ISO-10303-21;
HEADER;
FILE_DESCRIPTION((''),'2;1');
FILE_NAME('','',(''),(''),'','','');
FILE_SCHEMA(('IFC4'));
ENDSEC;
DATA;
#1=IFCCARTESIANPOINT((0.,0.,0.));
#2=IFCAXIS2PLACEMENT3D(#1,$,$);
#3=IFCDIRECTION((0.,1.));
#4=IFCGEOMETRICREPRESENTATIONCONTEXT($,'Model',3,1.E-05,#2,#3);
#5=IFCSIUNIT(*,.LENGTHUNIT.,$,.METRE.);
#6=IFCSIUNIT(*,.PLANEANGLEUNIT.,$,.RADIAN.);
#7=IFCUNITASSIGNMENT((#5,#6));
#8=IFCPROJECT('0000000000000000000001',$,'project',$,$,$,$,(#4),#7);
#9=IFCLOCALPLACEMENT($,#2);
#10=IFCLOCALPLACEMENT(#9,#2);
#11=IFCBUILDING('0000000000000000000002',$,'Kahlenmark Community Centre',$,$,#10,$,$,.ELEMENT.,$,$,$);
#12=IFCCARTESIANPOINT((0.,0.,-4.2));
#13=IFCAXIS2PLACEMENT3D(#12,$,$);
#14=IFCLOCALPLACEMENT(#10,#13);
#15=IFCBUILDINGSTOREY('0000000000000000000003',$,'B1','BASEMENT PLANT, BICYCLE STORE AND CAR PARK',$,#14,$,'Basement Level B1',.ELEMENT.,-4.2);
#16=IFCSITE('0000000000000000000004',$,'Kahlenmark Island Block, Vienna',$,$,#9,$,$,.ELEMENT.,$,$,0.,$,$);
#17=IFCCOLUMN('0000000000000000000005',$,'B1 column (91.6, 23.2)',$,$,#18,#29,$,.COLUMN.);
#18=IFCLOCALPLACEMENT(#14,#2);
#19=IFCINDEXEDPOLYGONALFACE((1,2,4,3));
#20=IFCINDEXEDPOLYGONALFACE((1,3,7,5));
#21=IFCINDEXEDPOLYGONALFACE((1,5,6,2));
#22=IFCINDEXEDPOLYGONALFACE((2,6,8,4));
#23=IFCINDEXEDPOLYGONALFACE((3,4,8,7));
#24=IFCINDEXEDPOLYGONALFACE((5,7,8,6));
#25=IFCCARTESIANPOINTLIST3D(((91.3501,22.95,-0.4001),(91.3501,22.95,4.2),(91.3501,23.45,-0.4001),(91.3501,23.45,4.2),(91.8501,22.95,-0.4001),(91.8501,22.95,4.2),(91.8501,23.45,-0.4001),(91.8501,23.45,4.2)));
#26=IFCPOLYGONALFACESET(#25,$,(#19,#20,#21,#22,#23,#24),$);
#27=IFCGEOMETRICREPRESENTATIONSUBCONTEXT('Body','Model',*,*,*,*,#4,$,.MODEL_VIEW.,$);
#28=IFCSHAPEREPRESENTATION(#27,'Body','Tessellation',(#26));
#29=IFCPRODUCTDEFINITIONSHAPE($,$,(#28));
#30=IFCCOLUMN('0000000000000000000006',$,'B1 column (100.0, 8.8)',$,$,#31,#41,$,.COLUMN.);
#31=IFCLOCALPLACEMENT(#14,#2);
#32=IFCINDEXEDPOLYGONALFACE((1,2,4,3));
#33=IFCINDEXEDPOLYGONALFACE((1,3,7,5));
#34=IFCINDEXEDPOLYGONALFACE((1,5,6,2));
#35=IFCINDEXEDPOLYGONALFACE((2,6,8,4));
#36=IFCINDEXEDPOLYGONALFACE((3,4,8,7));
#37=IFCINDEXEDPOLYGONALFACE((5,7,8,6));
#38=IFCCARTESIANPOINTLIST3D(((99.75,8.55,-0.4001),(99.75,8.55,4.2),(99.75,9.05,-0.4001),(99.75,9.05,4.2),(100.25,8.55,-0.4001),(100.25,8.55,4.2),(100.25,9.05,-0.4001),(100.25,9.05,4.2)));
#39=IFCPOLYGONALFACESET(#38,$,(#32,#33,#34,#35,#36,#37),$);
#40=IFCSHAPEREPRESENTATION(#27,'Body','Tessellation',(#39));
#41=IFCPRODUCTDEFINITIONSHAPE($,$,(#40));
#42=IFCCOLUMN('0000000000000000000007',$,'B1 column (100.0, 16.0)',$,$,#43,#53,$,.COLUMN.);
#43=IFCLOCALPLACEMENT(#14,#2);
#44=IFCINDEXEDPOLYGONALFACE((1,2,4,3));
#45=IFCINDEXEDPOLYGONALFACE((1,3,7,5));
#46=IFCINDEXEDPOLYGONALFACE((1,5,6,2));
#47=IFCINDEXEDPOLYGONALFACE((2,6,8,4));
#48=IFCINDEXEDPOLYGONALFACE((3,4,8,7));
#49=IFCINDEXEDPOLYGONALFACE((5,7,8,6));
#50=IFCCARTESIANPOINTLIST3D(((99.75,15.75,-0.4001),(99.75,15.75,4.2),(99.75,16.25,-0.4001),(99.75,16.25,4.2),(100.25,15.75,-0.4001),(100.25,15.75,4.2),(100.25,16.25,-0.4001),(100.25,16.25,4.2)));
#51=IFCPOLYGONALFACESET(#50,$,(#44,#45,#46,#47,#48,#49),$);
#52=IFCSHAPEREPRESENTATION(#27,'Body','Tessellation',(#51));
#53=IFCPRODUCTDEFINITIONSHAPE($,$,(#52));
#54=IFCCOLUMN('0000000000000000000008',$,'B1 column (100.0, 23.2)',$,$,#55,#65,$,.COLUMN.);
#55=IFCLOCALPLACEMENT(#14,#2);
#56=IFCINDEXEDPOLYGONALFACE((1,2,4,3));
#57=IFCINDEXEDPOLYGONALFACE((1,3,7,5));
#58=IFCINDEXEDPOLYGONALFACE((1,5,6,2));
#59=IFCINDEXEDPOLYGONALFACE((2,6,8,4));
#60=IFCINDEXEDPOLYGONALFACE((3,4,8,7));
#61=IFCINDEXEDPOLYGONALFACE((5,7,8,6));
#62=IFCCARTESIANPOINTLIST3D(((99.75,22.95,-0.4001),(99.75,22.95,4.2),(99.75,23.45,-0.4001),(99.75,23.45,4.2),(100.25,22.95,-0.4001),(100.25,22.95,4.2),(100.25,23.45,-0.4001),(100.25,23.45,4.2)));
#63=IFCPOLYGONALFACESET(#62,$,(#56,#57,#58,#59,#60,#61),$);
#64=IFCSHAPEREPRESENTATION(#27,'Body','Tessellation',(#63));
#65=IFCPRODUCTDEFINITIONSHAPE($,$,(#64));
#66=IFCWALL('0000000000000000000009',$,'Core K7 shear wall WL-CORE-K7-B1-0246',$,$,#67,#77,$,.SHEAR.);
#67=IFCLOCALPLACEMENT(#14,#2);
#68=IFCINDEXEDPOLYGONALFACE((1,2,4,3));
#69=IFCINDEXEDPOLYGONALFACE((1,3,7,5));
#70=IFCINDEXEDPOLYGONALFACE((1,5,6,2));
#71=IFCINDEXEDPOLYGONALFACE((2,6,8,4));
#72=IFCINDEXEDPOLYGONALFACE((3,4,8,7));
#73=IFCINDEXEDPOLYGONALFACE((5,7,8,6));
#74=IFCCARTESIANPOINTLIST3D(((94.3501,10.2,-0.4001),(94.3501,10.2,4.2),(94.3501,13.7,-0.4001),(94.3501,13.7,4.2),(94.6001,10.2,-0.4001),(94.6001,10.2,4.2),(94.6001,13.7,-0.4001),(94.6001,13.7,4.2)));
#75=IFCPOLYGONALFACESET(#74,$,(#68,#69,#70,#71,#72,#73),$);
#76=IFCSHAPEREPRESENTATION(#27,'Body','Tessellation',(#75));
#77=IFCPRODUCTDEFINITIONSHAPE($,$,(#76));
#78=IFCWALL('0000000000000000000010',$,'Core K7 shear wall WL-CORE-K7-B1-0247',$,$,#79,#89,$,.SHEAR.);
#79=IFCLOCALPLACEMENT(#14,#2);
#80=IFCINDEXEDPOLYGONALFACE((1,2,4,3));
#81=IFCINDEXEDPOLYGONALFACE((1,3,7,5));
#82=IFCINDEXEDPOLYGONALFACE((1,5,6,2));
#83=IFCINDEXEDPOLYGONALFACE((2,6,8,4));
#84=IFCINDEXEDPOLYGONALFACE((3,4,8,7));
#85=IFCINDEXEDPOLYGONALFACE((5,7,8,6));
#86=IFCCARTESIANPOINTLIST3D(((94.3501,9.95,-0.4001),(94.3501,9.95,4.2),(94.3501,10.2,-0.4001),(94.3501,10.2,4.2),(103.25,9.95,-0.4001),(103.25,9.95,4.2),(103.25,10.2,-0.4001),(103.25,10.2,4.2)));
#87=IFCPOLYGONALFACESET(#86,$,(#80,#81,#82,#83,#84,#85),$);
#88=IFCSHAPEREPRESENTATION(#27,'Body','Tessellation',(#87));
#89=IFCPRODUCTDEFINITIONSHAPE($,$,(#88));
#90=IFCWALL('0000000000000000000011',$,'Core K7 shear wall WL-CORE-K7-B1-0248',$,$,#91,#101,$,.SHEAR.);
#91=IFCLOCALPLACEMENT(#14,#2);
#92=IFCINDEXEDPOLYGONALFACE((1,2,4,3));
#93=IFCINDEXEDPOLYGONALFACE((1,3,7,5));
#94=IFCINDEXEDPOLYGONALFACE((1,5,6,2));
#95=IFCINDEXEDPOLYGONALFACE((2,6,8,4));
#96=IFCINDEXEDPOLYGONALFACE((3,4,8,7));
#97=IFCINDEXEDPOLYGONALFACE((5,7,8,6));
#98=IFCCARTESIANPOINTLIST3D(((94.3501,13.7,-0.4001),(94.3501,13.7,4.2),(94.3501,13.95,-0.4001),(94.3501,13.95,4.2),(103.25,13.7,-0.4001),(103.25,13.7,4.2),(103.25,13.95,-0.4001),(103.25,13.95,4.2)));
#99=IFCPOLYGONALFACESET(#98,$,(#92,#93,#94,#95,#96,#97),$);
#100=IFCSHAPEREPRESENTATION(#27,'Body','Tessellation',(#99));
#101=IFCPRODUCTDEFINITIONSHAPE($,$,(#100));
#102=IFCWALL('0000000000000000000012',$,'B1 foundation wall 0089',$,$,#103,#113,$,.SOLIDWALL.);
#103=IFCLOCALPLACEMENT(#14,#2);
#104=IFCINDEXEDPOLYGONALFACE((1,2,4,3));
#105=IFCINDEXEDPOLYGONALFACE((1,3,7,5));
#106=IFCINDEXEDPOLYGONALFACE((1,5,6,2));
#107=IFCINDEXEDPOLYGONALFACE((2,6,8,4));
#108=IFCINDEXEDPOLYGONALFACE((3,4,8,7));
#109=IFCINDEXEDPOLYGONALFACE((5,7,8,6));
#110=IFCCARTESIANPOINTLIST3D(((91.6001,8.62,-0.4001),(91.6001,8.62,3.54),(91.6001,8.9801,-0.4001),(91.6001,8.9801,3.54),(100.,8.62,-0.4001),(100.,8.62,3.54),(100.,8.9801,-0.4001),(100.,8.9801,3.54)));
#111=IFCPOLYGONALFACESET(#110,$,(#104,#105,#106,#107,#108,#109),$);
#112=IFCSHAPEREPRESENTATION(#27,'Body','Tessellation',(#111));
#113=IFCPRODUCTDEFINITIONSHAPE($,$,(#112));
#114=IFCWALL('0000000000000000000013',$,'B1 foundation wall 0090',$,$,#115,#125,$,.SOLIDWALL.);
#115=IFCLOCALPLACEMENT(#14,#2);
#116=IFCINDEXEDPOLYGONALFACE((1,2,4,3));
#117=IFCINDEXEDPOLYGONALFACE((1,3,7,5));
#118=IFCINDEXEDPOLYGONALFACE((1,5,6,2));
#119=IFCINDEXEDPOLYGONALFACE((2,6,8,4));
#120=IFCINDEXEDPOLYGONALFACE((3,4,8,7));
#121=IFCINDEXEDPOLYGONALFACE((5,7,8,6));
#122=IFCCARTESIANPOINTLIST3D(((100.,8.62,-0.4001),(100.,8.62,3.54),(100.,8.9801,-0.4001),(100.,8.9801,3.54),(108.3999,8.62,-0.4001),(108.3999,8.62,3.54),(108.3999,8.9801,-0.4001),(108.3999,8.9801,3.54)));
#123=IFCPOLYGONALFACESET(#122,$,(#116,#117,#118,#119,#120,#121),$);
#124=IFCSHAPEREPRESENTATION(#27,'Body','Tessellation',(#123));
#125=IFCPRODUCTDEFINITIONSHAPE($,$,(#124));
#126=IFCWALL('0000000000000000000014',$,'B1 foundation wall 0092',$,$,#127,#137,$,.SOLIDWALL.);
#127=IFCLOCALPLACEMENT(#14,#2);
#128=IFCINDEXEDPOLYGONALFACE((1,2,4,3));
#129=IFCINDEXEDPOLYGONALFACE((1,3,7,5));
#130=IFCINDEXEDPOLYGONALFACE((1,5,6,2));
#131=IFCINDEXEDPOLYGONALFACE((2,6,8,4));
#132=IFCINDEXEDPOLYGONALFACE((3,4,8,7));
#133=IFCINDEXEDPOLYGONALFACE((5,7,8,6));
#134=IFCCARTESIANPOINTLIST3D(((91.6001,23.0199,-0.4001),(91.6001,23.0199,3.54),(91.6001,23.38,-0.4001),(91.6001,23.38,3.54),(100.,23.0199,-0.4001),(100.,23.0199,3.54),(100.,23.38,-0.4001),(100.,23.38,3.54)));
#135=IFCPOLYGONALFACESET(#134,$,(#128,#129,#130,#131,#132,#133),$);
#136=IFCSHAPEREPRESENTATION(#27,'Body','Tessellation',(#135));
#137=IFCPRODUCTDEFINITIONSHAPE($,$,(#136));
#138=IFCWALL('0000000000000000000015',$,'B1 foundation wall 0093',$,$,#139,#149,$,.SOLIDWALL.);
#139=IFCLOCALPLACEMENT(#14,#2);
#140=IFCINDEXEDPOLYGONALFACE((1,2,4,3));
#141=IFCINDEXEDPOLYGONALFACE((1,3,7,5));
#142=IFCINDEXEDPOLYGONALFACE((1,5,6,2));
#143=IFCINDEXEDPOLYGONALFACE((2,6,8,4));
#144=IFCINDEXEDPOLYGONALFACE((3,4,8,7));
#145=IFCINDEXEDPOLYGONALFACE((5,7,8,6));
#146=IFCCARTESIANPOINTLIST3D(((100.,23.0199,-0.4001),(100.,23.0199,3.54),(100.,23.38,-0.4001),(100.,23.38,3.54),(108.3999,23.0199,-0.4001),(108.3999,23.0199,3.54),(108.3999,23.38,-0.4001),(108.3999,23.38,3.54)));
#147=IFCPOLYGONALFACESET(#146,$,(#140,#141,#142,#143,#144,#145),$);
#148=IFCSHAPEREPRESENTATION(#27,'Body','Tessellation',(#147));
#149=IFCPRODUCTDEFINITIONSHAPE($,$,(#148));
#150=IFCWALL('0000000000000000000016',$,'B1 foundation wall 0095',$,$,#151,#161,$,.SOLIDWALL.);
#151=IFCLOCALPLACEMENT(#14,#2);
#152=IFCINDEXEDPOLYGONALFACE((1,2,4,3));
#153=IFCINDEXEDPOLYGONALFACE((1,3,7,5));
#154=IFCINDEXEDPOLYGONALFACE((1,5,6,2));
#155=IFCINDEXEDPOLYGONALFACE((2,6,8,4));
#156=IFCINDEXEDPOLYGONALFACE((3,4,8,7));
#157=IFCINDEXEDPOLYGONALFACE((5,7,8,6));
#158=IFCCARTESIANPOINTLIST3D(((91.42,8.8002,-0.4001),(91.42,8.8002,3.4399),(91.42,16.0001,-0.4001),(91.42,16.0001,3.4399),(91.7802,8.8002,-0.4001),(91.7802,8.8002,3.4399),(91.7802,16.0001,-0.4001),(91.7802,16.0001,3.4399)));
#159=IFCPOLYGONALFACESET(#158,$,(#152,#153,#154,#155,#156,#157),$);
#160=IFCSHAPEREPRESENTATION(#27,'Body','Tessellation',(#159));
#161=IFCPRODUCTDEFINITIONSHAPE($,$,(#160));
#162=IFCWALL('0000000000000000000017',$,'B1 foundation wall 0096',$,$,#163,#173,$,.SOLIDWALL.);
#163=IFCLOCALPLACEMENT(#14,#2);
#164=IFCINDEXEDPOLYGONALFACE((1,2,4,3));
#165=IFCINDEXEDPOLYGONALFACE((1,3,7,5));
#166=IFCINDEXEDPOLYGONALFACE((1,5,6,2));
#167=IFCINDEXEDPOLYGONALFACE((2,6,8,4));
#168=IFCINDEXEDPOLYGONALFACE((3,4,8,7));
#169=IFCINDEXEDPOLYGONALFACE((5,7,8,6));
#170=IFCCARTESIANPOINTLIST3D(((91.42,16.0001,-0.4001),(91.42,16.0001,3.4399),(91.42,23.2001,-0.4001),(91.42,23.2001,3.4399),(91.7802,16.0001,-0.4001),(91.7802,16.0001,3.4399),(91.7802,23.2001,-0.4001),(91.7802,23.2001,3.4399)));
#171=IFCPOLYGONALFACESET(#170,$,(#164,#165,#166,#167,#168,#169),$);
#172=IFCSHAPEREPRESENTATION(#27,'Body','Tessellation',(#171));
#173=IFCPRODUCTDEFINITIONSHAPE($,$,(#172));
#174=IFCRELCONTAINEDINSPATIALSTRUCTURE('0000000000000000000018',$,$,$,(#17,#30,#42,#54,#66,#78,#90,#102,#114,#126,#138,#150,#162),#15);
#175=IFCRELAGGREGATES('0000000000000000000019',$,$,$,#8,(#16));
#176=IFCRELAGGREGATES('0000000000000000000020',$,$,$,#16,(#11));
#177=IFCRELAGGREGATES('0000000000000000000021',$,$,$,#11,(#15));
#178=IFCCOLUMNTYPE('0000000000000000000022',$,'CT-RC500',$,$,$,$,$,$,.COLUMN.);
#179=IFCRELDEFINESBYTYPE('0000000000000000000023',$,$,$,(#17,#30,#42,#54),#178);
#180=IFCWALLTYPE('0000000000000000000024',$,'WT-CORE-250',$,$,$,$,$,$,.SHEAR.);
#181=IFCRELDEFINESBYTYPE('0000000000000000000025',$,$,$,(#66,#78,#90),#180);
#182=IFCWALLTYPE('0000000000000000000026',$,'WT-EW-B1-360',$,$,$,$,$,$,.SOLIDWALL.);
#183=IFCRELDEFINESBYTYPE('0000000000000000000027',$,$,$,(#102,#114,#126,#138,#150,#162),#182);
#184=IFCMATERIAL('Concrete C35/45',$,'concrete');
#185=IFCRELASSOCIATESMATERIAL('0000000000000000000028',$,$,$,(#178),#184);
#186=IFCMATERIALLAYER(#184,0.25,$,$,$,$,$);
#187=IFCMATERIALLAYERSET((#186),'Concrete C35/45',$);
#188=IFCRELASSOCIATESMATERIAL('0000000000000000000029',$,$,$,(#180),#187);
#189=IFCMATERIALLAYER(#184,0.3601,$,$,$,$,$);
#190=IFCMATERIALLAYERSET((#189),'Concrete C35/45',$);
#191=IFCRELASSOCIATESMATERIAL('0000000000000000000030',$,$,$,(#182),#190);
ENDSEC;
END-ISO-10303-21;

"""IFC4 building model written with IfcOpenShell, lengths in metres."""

from ifc_helpers import new_model, si_unit, direction, frame, frame_2d, origin, origin_2d, place, context, subcontext, project, spatial, rectangle, extrude, material, layer, layer_set, material_profile, profile_set, type_object, element, save


model = new_model("IFC4")

# Units and contexts
model_context = context("Model", 3, precision=1e-05, world=origin(), true_north=direction((0.0, 1.0)))
body_context = subcontext(model_context, "Body", "Model", "MODEL_VIEW")
ifc_project = project(units=[si_unit("LENGTHUNIT", "METRE"), si_unit("PLANEANGLEUNIT", "RADIAN")], contexts=[model_context])

# Site, building, storey
site_placement = place(None, origin())
site = spatial("IfcSite", under=ifc_project, at=site_placement, Name="Kahlenmark Island Block, Vienna", CompositionType="ELEMENT", RefElevation=0.0)
building_placement = place(site_placement, origin())
building = spatial("IfcBuilding", under=site, at=building_placement, Name="Kahlenmark Community Centre", CompositionType="ELEMENT")
storey_placement = place(building_placement, frame((0.0, 0.0, -4.2)))
storey = spatial("IfcBuildingStorey", under=building, at=storey_placement, Name="B1", Description="BASEMENT PLANT, BICYCLE STORE AND CAR PARK", LongName="Basement Level B1", CompositionType="ELEMENT", Elevation=-4.2)

# Columns
ifc_material_1 = material(Name="Concrete C35/45", Category="concrete")
ifc_material_profile_1 = material_profile(ifc_material_1, rectangle(XDim=0.5, YDim=0.5, at=origin_2d()), Name="RC 500x500")
ifc_profile_set_1 = profile_set([ifc_material_profile_1], Name="Concrete C35/45")
column_type = type_object("IfcColumnType", Name="CT-RC500", PredefinedType="COLUMN", material=ifc_profile_set_1)
for number, where, z_axis, x_axis, name in (
    (1, (91.6001, 23.2, -0.4001), (0.0, 0.0, 1.0), (1.0, 0.0, 0.0), "B1 column (91.6, 23.2)"),
    (2, (100.0, 8.8, -0.4001), (0.0, 0.0, 1.0), (1.0, 0.0, 0.0), "B1 column (100.0, 8.8)"),
    (3, (100.0, 16.0, -0.4001), (0.0, 0.0, 1.0), (1.0, 0.0, 0.0), "B1 column (100.0, 16.0)"),
    (4, (100.0, 23.2, -0.4001), (0.0, 0.0, 1.0), (1.0, 0.0, 0.0), "B1 column (100.0, 23.2)"),
):
    element("IfcColumn", number, at=place(storey_placement, frame(where, z_axis=z_axis, x_axis=x_axis)), inside=storey, type_object=column_type, Name=name, PredefinedType="COLUMN", context=body_context, shape_type="SweptSolid", body=[
        extrude(rectangle(XDim=0.5, YDim=0.5, at=origin_2d()), origin(), (0.0, 0.0, 1.0), 4.6001),
    ])

# Walls
ifc_layer_1 = layer(ifc_material_1, 0.25)
ifc_layer_set_1 = layer_set([ifc_layer_1], Name="Concrete C35/45")
wall_type_1 = type_object("IfcWallType", Name="WT-CORE-250", PredefinedType="SHEAR", material=ifc_layer_set_1)
wall_placement = place(storey_placement, frame((94.4751, 13.7, -0.4001), z_axis=(0.0, 0.0, 1.0), x_axis=(0.0, -1.0, 0.0)))
element("IfcWall", 5, at=wall_placement, inside=storey, type_object=wall_type_1, Name="Core K7 shear wall WL-CORE-K7-B1-0246", PredefinedType="SHEAR", context=body_context, shape_type="SweptSolid", body=[
    extrude(rectangle(XDim=3.5, YDim=0.25, at=frame_2d((1.75, 0.0))), origin(), (0.0, 0.0, 1.0), 4.6001),
])
for number, where, z_axis, x_axis, name in (
    (6, (94.3501, 10.075, -0.4001), (0.0, 0.0, 1.0), (1.0, 0.0, 0.0), "Core K7 shear wall WL-CORE-K7-B1-0247"),
    (7, (94.3501, 13.825, -0.4001), (0.0, 0.0, 1.0), (1.0, 0.0, 0.0), "Core K7 shear wall WL-CORE-K7-B1-0248"),
):
    element("IfcWall", number, at=place(storey_placement, frame(where, z_axis=z_axis, x_axis=x_axis)), inside=storey, type_object=wall_type_1, Name=name, PredefinedType="SHEAR", context=body_context, shape_type="SweptSolid", body=[
        extrude(rectangle(XDim=8.8999, YDim=0.25, at=frame_2d((4.45, 0.0))), origin(), (0.0, 0.0, 1.0), 4.6001),
    ])
ifc_layer_2 = layer(ifc_material_1, 0.3601)
ifc_layer_set_2 = layer_set([ifc_layer_2], Name="Concrete C35/45")
wall_type_2 = type_object("IfcWallType", Name="WT-EW-B1-360", PredefinedType="SOLIDWALL", material=ifc_layer_set_2)
for number, where, z_axis, x_axis, name in (
    (8, (91.6001, 8.8, -0.4001), (0.0, 0.0, 1.0), (1.0, 0.0, 0.0), "B1 foundation wall 0089"),
    (9, (100.0, 8.8, -0.4001), (0.0, 0.0, 1.0), (1.0, 0.0, 0.0), "B1 foundation wall 0090"),
    (10, (91.6001, 23.2, -0.4001), (0.0, 0.0, 1.0), (1.0, 0.0, 0.0), "B1 foundation wall 0092"),
    (11, (100.0, 23.2, -0.4001), (0.0, 0.0, 1.0), (1.0, 0.0, 0.0), "B1 foundation wall 0093"),
):
    element("IfcWall", number, at=place(storey_placement, frame(where, z_axis=z_axis, x_axis=x_axis)), inside=storey, type_object=wall_type_2, Name=name, PredefinedType="SOLIDWALL", context=body_context, shape_type="SweptSolid", body=[
        extrude(rectangle(XDim=8.3999, YDim=0.3601, at=frame_2d((4.2, 0.0))), origin(), (0.0, 0.0, 1.0), 3.9402),
    ])
for number, where, z_axis, x_axis, name in (
    (12, (91.6001, 8.8, -0.4001), (0.0, 0.0, 1.0), (0.0, 1.0, 0.0), "B1 foundation wall 0095"),
    (13, (91.6001, 16.0, -0.4001), (0.0, 0.0, 1.0), (0.0, 1.0, 0.0), "B1 foundation wall 0096"),
):
    element("IfcWall", number, at=place(storey_placement, frame(where, z_axis=z_axis, x_axis=x_axis)), inside=storey, type_object=wall_type_2, Name=name, PredefinedType="SOLIDWALL", context=body_context, shape_type="SweptSolid", body=[
        extrude(rectangle(XDim=7.2, YDim=0.3601, at=frame_2d((3.6001, 0.0))), origin(), (0.0, 0.0, 1.0), 3.8401),
    ])

save(model, "model.ifc")
